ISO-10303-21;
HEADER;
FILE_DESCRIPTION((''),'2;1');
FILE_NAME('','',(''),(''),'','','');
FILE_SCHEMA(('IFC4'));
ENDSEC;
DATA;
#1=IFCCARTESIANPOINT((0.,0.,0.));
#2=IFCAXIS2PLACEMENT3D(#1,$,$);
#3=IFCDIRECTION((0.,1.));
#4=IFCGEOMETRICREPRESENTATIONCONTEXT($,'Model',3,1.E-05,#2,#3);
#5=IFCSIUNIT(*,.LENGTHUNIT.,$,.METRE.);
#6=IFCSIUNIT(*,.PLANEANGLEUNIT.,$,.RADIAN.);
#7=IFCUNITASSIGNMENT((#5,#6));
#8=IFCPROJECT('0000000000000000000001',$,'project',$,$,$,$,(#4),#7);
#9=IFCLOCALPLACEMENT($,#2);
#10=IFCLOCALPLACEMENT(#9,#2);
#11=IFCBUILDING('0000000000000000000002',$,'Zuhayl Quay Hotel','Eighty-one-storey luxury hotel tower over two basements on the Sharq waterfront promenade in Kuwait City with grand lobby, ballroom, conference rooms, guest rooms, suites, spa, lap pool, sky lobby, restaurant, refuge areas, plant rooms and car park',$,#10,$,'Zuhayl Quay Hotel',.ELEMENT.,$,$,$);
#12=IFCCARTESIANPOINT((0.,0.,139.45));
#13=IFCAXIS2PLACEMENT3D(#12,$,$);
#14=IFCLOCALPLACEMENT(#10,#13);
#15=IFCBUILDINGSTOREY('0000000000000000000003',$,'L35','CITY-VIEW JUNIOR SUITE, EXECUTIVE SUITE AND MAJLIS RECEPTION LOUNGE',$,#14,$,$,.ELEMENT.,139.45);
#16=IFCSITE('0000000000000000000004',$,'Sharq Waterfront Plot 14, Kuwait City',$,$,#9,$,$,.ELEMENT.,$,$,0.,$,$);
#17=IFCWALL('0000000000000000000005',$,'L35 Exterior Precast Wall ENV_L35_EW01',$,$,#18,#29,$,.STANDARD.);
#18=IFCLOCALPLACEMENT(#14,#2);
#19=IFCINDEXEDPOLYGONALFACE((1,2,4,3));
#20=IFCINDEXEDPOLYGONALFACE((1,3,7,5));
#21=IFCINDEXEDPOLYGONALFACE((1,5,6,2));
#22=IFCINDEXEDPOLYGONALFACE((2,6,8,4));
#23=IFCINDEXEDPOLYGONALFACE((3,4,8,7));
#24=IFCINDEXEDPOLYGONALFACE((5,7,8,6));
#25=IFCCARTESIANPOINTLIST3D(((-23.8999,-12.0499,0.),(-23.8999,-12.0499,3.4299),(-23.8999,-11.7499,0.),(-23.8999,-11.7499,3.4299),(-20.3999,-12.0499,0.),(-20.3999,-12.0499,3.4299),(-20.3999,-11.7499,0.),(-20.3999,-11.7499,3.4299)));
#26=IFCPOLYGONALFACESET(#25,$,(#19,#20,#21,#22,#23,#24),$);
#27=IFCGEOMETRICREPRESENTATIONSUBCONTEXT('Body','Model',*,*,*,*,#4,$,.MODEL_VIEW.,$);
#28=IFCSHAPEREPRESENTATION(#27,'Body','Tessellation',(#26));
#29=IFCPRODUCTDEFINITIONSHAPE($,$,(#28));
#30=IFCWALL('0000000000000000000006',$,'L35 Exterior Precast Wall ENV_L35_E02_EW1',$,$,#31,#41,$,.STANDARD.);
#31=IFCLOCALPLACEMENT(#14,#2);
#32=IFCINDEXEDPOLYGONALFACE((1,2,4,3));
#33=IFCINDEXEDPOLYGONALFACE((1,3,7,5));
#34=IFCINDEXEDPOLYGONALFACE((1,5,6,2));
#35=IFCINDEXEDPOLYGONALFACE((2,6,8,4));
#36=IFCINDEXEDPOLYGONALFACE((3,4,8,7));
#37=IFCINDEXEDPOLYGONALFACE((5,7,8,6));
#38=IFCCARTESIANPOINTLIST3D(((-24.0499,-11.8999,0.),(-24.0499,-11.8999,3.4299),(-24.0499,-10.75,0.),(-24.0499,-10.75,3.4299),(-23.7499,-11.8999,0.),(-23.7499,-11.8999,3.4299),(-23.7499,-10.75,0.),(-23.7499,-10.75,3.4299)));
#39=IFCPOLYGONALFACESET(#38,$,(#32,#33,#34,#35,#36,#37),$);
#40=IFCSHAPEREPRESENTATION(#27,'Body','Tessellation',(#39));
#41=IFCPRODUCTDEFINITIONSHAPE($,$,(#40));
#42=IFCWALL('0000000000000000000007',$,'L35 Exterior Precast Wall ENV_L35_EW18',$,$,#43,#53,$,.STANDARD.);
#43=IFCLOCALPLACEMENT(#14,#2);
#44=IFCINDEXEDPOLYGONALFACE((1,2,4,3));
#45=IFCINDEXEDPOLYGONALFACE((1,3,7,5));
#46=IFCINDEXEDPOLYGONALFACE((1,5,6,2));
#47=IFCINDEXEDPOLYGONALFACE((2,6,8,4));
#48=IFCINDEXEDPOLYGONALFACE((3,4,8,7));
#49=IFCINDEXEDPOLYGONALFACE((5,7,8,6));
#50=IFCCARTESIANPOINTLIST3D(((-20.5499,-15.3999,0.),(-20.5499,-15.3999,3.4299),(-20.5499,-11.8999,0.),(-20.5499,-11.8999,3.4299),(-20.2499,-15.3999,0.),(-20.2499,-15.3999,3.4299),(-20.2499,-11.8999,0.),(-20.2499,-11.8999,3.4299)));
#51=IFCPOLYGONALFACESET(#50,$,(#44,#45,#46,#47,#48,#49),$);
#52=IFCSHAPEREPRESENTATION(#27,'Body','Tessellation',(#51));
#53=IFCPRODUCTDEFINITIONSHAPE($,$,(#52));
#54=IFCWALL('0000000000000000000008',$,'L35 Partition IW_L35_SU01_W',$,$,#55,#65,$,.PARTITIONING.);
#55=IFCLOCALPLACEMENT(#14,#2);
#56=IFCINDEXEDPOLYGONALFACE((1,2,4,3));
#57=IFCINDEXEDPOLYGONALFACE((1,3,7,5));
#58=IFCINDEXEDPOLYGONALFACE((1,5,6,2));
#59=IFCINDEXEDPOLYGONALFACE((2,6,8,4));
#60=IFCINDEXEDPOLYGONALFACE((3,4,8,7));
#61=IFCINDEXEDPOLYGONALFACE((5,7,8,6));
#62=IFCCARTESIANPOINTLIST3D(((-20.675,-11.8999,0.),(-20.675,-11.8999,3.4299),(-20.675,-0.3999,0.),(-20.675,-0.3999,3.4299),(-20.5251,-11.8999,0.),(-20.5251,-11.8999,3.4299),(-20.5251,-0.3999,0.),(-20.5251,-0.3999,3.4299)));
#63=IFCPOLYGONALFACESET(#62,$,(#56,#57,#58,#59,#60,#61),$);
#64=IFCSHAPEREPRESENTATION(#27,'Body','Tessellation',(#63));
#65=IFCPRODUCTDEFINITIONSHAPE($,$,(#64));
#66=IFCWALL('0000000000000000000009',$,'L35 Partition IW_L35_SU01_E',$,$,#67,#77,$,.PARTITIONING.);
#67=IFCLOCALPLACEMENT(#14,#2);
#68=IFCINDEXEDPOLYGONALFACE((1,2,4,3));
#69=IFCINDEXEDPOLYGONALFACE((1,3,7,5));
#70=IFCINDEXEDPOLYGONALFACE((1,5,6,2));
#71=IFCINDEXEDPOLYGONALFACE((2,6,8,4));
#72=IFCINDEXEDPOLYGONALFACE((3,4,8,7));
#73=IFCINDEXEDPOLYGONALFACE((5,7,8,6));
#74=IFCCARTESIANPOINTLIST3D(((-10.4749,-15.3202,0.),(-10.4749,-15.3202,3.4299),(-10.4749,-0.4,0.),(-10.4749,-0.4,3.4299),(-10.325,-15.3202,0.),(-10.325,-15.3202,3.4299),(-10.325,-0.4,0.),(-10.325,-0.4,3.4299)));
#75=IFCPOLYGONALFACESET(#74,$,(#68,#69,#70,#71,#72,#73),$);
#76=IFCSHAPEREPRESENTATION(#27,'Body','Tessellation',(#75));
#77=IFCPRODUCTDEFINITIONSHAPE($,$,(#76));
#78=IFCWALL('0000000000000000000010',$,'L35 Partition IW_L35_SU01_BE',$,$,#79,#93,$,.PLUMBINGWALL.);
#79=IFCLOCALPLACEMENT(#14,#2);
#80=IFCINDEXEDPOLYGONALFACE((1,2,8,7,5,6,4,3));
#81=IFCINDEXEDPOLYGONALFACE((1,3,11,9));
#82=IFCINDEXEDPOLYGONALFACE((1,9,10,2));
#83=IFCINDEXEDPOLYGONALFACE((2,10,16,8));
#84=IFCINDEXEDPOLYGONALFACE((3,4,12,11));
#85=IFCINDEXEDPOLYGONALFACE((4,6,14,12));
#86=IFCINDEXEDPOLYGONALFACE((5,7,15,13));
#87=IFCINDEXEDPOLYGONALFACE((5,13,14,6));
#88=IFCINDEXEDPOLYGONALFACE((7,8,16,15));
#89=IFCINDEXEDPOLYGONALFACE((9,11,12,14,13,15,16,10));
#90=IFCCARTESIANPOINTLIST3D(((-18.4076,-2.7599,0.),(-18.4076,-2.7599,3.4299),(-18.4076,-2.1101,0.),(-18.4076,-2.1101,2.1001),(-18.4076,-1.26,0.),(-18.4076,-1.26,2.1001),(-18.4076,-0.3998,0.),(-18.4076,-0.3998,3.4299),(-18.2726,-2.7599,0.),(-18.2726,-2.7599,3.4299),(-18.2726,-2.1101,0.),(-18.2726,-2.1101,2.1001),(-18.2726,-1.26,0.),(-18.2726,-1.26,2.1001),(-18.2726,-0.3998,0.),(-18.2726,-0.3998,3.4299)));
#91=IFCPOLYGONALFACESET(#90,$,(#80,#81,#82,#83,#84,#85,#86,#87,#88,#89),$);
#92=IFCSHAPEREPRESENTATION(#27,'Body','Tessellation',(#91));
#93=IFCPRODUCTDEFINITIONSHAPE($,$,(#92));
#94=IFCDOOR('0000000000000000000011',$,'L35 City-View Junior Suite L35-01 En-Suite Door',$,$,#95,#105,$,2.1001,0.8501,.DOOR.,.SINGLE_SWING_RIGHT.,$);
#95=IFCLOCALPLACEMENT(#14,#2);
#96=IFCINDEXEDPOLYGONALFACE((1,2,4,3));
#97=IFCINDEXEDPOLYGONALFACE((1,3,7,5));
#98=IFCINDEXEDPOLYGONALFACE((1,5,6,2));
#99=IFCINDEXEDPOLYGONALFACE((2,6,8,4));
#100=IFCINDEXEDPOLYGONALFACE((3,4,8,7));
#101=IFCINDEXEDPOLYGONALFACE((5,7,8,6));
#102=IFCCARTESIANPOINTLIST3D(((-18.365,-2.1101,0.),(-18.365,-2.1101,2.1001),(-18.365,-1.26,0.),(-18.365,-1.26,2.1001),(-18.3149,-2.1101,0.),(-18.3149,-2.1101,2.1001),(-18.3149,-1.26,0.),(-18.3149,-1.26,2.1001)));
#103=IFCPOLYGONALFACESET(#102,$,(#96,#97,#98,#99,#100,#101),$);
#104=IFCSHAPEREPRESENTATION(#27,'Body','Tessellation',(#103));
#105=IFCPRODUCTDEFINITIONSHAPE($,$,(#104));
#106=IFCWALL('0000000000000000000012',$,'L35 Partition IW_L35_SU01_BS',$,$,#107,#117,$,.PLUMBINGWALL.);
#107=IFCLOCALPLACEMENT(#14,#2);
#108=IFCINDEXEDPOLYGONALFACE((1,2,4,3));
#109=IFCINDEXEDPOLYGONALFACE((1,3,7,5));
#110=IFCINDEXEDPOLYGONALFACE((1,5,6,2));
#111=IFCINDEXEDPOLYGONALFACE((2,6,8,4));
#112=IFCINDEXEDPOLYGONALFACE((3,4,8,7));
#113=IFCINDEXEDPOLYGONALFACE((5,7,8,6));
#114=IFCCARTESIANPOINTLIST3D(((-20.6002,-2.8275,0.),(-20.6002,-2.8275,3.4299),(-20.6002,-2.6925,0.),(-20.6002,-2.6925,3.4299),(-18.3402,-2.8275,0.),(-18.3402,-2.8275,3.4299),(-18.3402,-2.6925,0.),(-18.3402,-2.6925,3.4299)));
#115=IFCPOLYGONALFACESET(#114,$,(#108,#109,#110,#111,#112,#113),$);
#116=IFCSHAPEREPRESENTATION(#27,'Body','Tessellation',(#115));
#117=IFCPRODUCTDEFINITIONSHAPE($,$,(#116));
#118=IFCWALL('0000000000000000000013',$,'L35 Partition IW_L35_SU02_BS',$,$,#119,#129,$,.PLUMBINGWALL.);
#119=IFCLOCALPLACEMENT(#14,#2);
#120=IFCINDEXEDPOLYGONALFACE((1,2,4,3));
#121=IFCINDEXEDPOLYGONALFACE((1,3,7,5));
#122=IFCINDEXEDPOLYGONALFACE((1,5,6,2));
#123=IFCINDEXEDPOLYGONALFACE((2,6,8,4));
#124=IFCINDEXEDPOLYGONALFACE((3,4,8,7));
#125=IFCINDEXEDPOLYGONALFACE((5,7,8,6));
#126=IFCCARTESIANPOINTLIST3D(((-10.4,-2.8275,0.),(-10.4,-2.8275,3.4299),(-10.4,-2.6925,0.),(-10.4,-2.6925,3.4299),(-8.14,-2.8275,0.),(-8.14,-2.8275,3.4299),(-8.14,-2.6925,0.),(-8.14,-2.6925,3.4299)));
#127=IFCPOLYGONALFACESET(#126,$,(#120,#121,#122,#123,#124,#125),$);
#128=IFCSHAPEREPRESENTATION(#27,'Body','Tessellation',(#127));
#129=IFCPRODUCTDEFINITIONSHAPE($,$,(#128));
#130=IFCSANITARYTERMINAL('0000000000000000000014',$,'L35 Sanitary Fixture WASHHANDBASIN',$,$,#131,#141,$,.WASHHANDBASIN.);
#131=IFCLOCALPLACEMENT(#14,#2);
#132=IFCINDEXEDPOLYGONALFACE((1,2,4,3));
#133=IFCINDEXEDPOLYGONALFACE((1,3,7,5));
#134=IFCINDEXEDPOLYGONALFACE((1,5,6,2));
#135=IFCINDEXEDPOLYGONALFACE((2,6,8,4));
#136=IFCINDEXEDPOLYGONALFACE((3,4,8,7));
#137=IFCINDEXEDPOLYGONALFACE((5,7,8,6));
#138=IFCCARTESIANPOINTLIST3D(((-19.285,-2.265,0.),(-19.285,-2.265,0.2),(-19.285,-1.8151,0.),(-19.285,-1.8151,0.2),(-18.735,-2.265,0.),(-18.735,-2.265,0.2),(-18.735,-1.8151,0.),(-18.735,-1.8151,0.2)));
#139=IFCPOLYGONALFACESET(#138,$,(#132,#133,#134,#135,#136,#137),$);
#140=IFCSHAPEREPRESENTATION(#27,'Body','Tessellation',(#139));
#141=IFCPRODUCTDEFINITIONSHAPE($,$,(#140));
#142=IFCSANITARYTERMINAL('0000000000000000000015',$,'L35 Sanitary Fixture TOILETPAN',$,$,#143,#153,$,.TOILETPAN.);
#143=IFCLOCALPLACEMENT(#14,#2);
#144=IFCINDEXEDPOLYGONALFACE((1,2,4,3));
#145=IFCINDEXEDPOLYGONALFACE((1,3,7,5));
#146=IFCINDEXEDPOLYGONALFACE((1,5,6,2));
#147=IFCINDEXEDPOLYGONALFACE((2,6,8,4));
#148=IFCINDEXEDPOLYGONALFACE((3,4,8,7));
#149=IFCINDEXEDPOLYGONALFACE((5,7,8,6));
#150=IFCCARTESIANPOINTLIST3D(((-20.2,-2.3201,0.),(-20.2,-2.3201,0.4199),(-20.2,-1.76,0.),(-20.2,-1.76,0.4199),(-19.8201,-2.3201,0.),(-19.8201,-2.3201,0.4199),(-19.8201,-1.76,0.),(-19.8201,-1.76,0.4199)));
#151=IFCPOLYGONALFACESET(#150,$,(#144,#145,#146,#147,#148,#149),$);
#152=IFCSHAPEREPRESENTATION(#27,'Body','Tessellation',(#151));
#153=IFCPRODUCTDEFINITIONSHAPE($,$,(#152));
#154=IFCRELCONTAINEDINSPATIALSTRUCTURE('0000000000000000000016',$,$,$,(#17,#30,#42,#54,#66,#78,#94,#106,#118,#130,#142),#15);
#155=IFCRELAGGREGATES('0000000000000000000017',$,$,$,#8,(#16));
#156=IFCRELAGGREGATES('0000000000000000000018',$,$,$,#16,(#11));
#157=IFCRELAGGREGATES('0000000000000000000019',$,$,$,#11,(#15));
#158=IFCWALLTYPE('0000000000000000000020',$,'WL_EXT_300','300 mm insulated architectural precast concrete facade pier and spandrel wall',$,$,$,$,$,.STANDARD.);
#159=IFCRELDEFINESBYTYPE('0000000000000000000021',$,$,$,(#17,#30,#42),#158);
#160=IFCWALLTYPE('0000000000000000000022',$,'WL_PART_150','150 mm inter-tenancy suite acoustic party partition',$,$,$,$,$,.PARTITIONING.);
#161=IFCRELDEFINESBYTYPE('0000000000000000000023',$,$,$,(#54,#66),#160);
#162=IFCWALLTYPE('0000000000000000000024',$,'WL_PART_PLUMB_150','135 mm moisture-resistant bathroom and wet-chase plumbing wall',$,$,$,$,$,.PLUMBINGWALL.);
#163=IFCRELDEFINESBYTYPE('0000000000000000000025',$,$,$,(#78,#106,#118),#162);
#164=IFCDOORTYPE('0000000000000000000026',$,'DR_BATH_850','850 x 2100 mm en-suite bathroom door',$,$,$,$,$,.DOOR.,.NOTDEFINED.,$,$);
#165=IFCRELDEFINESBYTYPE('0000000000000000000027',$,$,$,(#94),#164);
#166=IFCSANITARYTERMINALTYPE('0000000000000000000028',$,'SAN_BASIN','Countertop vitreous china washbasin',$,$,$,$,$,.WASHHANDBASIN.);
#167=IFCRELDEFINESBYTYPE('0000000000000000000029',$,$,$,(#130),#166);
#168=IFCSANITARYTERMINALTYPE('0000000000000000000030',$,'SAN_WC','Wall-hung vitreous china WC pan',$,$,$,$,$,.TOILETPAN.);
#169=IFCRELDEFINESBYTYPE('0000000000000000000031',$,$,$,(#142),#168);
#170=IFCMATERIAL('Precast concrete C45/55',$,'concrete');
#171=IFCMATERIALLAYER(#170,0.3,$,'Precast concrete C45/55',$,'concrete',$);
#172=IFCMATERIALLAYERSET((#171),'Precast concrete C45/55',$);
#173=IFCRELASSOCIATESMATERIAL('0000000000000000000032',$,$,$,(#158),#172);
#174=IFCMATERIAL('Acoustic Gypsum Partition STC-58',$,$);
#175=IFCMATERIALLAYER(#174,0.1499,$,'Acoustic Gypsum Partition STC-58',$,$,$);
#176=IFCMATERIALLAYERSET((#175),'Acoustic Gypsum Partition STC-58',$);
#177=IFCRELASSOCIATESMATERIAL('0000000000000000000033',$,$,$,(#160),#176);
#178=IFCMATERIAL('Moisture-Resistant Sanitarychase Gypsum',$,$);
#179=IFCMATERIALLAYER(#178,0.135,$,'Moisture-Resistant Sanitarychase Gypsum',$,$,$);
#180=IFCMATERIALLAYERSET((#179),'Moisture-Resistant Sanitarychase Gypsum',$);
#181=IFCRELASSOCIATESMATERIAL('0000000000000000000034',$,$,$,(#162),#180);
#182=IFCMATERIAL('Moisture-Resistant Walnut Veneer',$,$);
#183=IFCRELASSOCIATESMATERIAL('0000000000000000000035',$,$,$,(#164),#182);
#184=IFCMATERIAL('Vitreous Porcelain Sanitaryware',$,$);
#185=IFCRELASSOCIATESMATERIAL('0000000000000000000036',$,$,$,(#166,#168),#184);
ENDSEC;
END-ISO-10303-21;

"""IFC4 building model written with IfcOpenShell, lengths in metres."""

from ifc_helpers import new_model, si_unit, direction, frame, frame_2d, origin, origin_2d, place, context, subcontext, project, spatial, rectangle, extrude, material, layer, layer_set, type_object, element, fill, save


model = new_model("IFC4")

# Units and contexts
model_context = context("Model", 3, precision=1e-05, world=origin(), true_north=direction((0.0, 1.0)))
body_context = subcontext(model_context, "Body", "Model", "MODEL_VIEW")
ifc_project = project(units=[si_unit("LENGTHUNIT", "METRE"), si_unit("PLANEANGLEUNIT", "RADIAN")], contexts=[model_context])

# Site, building, storey
site_placement = place(None, origin())
site = spatial("IfcSite", under=ifc_project, at=site_placement, Name="Sharq Waterfront Plot 14, Kuwait City", CompositionType="ELEMENT", RefElevation=0.0)
building_placement = place(site_placement, origin())
building = spatial("IfcBuilding", under=site, at=building_placement, Name="Zuhayl Quay Hotel", Description="Eighty-one-storey luxury hotel tower over two basements on the Sharq waterfront promenade in Kuwait City with grand lobby, ballroom, conference rooms, guest rooms, suites, spa, lap pool, sky lobby, restaurant, refuge areas, plant rooms and car park", LongName="Zuhayl Quay Hotel", CompositionType="ELEMENT")
storey_placement = place(building_placement, frame((0.0, 0.0, 139.45)))
storey = spatial("IfcBuildingStorey", under=building, at=storey_placement, Name="L35", Description="CITY-VIEW JUNIOR SUITE, EXECUTIVE SUITE AND MAJLIS RECEPTION LOUNGE", CompositionType="ELEMENT", Elevation=139.45)

# Walls
ifc_material_1 = material(Name="Precast concrete C45/55", Category="concrete")
ifc_layer_1 = layer(ifc_material_1, 0.3, Name="Precast concrete C45/55", Category="concrete")
ifc_layer_set_1 = layer_set([ifc_layer_1], Name="Precast concrete C45/55")
wall_type_1 = type_object("IfcWallType", Name="WL_EXT_300", Description="300 mm insulated architectural precast concrete facade pier and spandrel wall", PredefinedType="STANDARD", material=ifc_layer_set_1)
wall_1_placement = place(storey_placement, frame((-20.3999, -11.8999, 0.0), z_axis=(0.0, 0.0, 1.0), x_axis=(-1.0, 0.0, 0.0)))
element("IfcWall", 1, at=wall_1_placement, inside=storey, type_object=wall_type_1, Name="L35 Exterior Precast Wall ENV_L35_EW01", PredefinedType="STANDARD", context=body_context, shape_type="SweptSolid", body=[
    extrude(rectangle(XDim=3.5, YDim=0.3, at=frame_2d((1.75, 0.0))), origin(), (0.0, 0.0, 1.0), 3.4299),
])
wall_2_placement = place(storey_placement, frame((-23.8999, -11.8999, 0.0), z_axis=(0.0, 0.0, 1.0), x_axis=(0.0, 1.0, 0.0)))
element("IfcWall", 2, at=wall_2_placement, inside=storey, type_object=wall_type_1, Name="L35 Exterior Precast Wall ENV_L35_E02_EW1", PredefinedType="STANDARD", context=body_context, shape_type="SweptSolid", body=[
    extrude(rectangle(XDim=1.1499, YDim=0.3, at=frame_2d((0.575, 0.0))), origin(), (0.0, 0.0, 1.0), 3.4299),
])
wall_3_placement = place(storey_placement, frame((-20.3999, -15.3999, 0.0), z_axis=(0.0, 0.0, 1.0), x_axis=(0.0, 1.0, 0.0)))
element("IfcWall", 3, at=wall_3_placement, inside=storey, type_object=wall_type_1, Name="L35 Exterior Precast Wall ENV_L35_EW18", PredefinedType="STANDARD", context=body_context, shape_type="SweptSolid", body=[
    extrude(rectangle(XDim=3.5, YDim=0.3, at=frame_2d((1.75, 0.0))), origin(), (0.0, 0.0, 1.0), 3.4299),
])
ifc_material_2 = material(Name="Acoustic Gypsum Partition STC-58")
ifc_layer_2 = layer(ifc_material_2, 0.1499, Name="Acoustic Gypsum Partition STC-58")
ifc_layer_set_2 = layer_set([ifc_layer_2], Name="Acoustic Gypsum Partition STC-58")
wall_type_2 = type_object("IfcWallType", Name="WL_PART_150", Description="150 mm inter-tenancy suite acoustic party partition", PredefinedType="PARTITIONING", material=ifc_layer_set_2)
wall_4_placement = place(storey_placement, frame((-20.6001, -11.8999, 0.0), z_axis=(0.0, 0.0, 1.0), x_axis=(0.0, 1.0, 0.0)))
element("IfcWall", 4, at=wall_4_placement, inside=storey, type_object=wall_type_2, Name="L35 Partition IW_L35_SU01_W", PredefinedType="PARTITIONING", context=body_context, shape_type="SweptSolid", body=[
    extrude(rectangle(XDim=11.5, YDim=0.1499, at=frame_2d((5.75, 0.0))), origin(), (0.0, 0.0, 1.0), 3.4299),
])
wall_5_placement = place(storey_placement, frame((-10.3999, -15.3201, 0.0), z_axis=(0.0, 0.0, 1.0), x_axis=(0.0, 1.0, 0.0)))
element("IfcWall", 5, at=wall_5_placement, inside=storey, type_object=wall_type_2, Name="L35 Partition IW_L35_SU01_E", PredefinedType="PARTITIONING", context=body_context, shape_type="SweptSolid", body=[
    extrude(rectangle(XDim=14.9202, YDim=0.1499, at=frame_2d((7.46, 0.0))), origin(), (0.0, 0.0, 1.0), 3.4299),
])

# Wall, opening, door
ifc_material_3 = material(Name="Moisture-Resistant Sanitarychase Gypsum")
ifc_layer_3 = layer(ifc_material_3, 0.135, Name="Moisture-Resistant Sanitarychase Gypsum")
ifc_layer_set_3 = layer_set([ifc_layer_3], Name="Moisture-Resistant Sanitarychase Gypsum")
wall_type_3 = type_object("IfcWallType", Name="WL_PART_PLUMB_150", Description="135 mm moisture-resistant bathroom and wet-chase plumbing wall", PredefinedType="PLUMBINGWALL", material=ifc_layer_set_3)
wall_6_placement = place(storey_placement, frame((-18.3401, -2.76, 0.0), z_axis=(0.0, 0.0, 1.0), x_axis=(0.0, 1.0, 0.0)))
wall_6 = element("IfcWall", 6, at=wall_6_placement, inside=storey, type_object=wall_type_3, Name="L35 Partition IW_L35_SU01_BE", PredefinedType="PLUMBINGWALL", context=body_context, shape_type="SweptSolid", body=[
    extrude(rectangle(XDim=2.3601, YDim=0.135, at=frame_2d((1.1802, 0.0))), origin(), (0.0, 0.0, 1.0), 3.4299),
])
opening_placement = place(wall_6_placement, frame((0.6499, 0.0, 0.0)))
opening = element("IfcOpeningElement", 7, at=opening_placement, cuts=wall_6, PredefinedType="OPENING", context=body_context, shape_type="SweptSolid", body=[
    extrude(rectangle(XDim=0.8501, YDim=2.1001, at=frame_2d((0.425, 1.05))), frame((0.0, 0.0774, 0.0), z_axis=(0.0, -1.0, 0.0), x_axis=(1.0, 0.0, 0.0)), (0.0, 0.0, 1.0), 0.155),
])
ifc_material_4 = material(Name="Moisture-Resistant Walnut Veneer")
door_type = type_object("IfcDoorType", Name="DR_BATH_850", Description="850 x 2100 mm en-suite bathroom door", OperationType="NOTDEFINED", PredefinedType="DOOR", material=ifc_material_4)
door_placement = place(opening_placement, origin())
door = element("IfcDoor", 8, at=door_placement, inside=storey, type_object=door_type, Name="L35 City-View Junior Suite L35-01 En-Suite Door", OperationType="SINGLE_SWING_RIGHT", OverallHeight=2.1001, OverallWidth=0.8501, PredefinedType="DOOR", context=body_context, shape_type="SweptSolid", body=[
    extrude(rectangle(XDim=0.8501, YDim=2.1001, at=frame_2d((0.425, 1.05))), frame((0.0, 0.0249, 0.0), z_axis=(0.0, -1.0, 0.0), x_axis=(1.0, 0.0, 0.0)), (0.0, 0.0, 1.0), 0.05),
])
fill(opening, door)

# Walls
for number, where, z_axis, x_axis, name in (
    (9, (-20.6001, -2.76, 0.0), (0.0, 0.0, 1.0), (1.0, 0.0, 0.0), "L35 Partition IW_L35_SU01_BS"),
    (10, (-10.3999, -2.76, 0.0), (0.0, 0.0, 1.0), (1.0, 0.0, 0.0), "L35 Partition IW_L35_SU02_BS"),
):
    element("IfcWall", number, at=place(storey_placement, frame(where, z_axis=z_axis, x_axis=x_axis)), inside=storey, type_object=wall_type_3, Name=name, PredefinedType="PLUMBINGWALL", context=body_context, shape_type="SweptSolid", body=[
        extrude(rectangle(XDim=2.26, YDim=0.135, at=frame_2d((1.1299, 0.0))), origin(), (0.0, 0.0, 1.0), 3.4299),
    ])

# Sanitary terminals
ifc_material_5 = material(Name="Vitreous Porcelain Sanitaryware")
sanitary_terminal_type_1 = type_object("IfcSanitaryTerminalType", Name="SAN_BASIN", Description="Countertop vitreous china washbasin", PredefinedType="WASHHANDBASIN", material=ifc_material_5)
sanitary_terminal_1_placement = place(storey_placement, frame((-19.01, -2.04, 0.0), z_axis=(0.0, 0.0, 1.0), x_axis=(1.0, 0.0, 0.0)))
element("IfcSanitaryTerminal", 11, at=sanitary_terminal_1_placement, inside=storey, type_object=sanitary_terminal_type_1, Name="L35 Sanitary Fixture WASHHANDBASIN", PredefinedType="WASHHANDBASIN", context=body_context, shape_type="SweptSolid", body=[
    extrude(rectangle(XDim=0.55, YDim=0.45, at=origin_2d()), origin(), (0.0, 0.0, 1.0), 0.2),
])
sanitary_terminal_type_2 = type_object("IfcSanitaryTerminalType", Name="SAN_WC", Description="Wall-hung vitreous china WC pan", PredefinedType="TOILETPAN", material=ifc_material_5)
sanitary_terminal_2_placement = place(storey_placement, frame((-20.01, -2.04, 0.0), z_axis=(0.0, 0.0, 1.0), x_axis=(1.0, 0.0, 0.0)))
element("IfcSanitaryTerminal", 12, at=sanitary_terminal_2_placement, inside=storey, type_object=sanitary_terminal_type_2, Name="L35 Sanitary Fixture TOILETPAN", PredefinedType="TOILETPAN", context=body_context, shape_type="SweptSolid", body=[
    extrude(rectangle(XDim=0.3799, YDim=0.5601, at=origin_2d()), origin(), (0.0, 0.0, 1.0), 0.4199),
])

save(model, "model.ifc")
